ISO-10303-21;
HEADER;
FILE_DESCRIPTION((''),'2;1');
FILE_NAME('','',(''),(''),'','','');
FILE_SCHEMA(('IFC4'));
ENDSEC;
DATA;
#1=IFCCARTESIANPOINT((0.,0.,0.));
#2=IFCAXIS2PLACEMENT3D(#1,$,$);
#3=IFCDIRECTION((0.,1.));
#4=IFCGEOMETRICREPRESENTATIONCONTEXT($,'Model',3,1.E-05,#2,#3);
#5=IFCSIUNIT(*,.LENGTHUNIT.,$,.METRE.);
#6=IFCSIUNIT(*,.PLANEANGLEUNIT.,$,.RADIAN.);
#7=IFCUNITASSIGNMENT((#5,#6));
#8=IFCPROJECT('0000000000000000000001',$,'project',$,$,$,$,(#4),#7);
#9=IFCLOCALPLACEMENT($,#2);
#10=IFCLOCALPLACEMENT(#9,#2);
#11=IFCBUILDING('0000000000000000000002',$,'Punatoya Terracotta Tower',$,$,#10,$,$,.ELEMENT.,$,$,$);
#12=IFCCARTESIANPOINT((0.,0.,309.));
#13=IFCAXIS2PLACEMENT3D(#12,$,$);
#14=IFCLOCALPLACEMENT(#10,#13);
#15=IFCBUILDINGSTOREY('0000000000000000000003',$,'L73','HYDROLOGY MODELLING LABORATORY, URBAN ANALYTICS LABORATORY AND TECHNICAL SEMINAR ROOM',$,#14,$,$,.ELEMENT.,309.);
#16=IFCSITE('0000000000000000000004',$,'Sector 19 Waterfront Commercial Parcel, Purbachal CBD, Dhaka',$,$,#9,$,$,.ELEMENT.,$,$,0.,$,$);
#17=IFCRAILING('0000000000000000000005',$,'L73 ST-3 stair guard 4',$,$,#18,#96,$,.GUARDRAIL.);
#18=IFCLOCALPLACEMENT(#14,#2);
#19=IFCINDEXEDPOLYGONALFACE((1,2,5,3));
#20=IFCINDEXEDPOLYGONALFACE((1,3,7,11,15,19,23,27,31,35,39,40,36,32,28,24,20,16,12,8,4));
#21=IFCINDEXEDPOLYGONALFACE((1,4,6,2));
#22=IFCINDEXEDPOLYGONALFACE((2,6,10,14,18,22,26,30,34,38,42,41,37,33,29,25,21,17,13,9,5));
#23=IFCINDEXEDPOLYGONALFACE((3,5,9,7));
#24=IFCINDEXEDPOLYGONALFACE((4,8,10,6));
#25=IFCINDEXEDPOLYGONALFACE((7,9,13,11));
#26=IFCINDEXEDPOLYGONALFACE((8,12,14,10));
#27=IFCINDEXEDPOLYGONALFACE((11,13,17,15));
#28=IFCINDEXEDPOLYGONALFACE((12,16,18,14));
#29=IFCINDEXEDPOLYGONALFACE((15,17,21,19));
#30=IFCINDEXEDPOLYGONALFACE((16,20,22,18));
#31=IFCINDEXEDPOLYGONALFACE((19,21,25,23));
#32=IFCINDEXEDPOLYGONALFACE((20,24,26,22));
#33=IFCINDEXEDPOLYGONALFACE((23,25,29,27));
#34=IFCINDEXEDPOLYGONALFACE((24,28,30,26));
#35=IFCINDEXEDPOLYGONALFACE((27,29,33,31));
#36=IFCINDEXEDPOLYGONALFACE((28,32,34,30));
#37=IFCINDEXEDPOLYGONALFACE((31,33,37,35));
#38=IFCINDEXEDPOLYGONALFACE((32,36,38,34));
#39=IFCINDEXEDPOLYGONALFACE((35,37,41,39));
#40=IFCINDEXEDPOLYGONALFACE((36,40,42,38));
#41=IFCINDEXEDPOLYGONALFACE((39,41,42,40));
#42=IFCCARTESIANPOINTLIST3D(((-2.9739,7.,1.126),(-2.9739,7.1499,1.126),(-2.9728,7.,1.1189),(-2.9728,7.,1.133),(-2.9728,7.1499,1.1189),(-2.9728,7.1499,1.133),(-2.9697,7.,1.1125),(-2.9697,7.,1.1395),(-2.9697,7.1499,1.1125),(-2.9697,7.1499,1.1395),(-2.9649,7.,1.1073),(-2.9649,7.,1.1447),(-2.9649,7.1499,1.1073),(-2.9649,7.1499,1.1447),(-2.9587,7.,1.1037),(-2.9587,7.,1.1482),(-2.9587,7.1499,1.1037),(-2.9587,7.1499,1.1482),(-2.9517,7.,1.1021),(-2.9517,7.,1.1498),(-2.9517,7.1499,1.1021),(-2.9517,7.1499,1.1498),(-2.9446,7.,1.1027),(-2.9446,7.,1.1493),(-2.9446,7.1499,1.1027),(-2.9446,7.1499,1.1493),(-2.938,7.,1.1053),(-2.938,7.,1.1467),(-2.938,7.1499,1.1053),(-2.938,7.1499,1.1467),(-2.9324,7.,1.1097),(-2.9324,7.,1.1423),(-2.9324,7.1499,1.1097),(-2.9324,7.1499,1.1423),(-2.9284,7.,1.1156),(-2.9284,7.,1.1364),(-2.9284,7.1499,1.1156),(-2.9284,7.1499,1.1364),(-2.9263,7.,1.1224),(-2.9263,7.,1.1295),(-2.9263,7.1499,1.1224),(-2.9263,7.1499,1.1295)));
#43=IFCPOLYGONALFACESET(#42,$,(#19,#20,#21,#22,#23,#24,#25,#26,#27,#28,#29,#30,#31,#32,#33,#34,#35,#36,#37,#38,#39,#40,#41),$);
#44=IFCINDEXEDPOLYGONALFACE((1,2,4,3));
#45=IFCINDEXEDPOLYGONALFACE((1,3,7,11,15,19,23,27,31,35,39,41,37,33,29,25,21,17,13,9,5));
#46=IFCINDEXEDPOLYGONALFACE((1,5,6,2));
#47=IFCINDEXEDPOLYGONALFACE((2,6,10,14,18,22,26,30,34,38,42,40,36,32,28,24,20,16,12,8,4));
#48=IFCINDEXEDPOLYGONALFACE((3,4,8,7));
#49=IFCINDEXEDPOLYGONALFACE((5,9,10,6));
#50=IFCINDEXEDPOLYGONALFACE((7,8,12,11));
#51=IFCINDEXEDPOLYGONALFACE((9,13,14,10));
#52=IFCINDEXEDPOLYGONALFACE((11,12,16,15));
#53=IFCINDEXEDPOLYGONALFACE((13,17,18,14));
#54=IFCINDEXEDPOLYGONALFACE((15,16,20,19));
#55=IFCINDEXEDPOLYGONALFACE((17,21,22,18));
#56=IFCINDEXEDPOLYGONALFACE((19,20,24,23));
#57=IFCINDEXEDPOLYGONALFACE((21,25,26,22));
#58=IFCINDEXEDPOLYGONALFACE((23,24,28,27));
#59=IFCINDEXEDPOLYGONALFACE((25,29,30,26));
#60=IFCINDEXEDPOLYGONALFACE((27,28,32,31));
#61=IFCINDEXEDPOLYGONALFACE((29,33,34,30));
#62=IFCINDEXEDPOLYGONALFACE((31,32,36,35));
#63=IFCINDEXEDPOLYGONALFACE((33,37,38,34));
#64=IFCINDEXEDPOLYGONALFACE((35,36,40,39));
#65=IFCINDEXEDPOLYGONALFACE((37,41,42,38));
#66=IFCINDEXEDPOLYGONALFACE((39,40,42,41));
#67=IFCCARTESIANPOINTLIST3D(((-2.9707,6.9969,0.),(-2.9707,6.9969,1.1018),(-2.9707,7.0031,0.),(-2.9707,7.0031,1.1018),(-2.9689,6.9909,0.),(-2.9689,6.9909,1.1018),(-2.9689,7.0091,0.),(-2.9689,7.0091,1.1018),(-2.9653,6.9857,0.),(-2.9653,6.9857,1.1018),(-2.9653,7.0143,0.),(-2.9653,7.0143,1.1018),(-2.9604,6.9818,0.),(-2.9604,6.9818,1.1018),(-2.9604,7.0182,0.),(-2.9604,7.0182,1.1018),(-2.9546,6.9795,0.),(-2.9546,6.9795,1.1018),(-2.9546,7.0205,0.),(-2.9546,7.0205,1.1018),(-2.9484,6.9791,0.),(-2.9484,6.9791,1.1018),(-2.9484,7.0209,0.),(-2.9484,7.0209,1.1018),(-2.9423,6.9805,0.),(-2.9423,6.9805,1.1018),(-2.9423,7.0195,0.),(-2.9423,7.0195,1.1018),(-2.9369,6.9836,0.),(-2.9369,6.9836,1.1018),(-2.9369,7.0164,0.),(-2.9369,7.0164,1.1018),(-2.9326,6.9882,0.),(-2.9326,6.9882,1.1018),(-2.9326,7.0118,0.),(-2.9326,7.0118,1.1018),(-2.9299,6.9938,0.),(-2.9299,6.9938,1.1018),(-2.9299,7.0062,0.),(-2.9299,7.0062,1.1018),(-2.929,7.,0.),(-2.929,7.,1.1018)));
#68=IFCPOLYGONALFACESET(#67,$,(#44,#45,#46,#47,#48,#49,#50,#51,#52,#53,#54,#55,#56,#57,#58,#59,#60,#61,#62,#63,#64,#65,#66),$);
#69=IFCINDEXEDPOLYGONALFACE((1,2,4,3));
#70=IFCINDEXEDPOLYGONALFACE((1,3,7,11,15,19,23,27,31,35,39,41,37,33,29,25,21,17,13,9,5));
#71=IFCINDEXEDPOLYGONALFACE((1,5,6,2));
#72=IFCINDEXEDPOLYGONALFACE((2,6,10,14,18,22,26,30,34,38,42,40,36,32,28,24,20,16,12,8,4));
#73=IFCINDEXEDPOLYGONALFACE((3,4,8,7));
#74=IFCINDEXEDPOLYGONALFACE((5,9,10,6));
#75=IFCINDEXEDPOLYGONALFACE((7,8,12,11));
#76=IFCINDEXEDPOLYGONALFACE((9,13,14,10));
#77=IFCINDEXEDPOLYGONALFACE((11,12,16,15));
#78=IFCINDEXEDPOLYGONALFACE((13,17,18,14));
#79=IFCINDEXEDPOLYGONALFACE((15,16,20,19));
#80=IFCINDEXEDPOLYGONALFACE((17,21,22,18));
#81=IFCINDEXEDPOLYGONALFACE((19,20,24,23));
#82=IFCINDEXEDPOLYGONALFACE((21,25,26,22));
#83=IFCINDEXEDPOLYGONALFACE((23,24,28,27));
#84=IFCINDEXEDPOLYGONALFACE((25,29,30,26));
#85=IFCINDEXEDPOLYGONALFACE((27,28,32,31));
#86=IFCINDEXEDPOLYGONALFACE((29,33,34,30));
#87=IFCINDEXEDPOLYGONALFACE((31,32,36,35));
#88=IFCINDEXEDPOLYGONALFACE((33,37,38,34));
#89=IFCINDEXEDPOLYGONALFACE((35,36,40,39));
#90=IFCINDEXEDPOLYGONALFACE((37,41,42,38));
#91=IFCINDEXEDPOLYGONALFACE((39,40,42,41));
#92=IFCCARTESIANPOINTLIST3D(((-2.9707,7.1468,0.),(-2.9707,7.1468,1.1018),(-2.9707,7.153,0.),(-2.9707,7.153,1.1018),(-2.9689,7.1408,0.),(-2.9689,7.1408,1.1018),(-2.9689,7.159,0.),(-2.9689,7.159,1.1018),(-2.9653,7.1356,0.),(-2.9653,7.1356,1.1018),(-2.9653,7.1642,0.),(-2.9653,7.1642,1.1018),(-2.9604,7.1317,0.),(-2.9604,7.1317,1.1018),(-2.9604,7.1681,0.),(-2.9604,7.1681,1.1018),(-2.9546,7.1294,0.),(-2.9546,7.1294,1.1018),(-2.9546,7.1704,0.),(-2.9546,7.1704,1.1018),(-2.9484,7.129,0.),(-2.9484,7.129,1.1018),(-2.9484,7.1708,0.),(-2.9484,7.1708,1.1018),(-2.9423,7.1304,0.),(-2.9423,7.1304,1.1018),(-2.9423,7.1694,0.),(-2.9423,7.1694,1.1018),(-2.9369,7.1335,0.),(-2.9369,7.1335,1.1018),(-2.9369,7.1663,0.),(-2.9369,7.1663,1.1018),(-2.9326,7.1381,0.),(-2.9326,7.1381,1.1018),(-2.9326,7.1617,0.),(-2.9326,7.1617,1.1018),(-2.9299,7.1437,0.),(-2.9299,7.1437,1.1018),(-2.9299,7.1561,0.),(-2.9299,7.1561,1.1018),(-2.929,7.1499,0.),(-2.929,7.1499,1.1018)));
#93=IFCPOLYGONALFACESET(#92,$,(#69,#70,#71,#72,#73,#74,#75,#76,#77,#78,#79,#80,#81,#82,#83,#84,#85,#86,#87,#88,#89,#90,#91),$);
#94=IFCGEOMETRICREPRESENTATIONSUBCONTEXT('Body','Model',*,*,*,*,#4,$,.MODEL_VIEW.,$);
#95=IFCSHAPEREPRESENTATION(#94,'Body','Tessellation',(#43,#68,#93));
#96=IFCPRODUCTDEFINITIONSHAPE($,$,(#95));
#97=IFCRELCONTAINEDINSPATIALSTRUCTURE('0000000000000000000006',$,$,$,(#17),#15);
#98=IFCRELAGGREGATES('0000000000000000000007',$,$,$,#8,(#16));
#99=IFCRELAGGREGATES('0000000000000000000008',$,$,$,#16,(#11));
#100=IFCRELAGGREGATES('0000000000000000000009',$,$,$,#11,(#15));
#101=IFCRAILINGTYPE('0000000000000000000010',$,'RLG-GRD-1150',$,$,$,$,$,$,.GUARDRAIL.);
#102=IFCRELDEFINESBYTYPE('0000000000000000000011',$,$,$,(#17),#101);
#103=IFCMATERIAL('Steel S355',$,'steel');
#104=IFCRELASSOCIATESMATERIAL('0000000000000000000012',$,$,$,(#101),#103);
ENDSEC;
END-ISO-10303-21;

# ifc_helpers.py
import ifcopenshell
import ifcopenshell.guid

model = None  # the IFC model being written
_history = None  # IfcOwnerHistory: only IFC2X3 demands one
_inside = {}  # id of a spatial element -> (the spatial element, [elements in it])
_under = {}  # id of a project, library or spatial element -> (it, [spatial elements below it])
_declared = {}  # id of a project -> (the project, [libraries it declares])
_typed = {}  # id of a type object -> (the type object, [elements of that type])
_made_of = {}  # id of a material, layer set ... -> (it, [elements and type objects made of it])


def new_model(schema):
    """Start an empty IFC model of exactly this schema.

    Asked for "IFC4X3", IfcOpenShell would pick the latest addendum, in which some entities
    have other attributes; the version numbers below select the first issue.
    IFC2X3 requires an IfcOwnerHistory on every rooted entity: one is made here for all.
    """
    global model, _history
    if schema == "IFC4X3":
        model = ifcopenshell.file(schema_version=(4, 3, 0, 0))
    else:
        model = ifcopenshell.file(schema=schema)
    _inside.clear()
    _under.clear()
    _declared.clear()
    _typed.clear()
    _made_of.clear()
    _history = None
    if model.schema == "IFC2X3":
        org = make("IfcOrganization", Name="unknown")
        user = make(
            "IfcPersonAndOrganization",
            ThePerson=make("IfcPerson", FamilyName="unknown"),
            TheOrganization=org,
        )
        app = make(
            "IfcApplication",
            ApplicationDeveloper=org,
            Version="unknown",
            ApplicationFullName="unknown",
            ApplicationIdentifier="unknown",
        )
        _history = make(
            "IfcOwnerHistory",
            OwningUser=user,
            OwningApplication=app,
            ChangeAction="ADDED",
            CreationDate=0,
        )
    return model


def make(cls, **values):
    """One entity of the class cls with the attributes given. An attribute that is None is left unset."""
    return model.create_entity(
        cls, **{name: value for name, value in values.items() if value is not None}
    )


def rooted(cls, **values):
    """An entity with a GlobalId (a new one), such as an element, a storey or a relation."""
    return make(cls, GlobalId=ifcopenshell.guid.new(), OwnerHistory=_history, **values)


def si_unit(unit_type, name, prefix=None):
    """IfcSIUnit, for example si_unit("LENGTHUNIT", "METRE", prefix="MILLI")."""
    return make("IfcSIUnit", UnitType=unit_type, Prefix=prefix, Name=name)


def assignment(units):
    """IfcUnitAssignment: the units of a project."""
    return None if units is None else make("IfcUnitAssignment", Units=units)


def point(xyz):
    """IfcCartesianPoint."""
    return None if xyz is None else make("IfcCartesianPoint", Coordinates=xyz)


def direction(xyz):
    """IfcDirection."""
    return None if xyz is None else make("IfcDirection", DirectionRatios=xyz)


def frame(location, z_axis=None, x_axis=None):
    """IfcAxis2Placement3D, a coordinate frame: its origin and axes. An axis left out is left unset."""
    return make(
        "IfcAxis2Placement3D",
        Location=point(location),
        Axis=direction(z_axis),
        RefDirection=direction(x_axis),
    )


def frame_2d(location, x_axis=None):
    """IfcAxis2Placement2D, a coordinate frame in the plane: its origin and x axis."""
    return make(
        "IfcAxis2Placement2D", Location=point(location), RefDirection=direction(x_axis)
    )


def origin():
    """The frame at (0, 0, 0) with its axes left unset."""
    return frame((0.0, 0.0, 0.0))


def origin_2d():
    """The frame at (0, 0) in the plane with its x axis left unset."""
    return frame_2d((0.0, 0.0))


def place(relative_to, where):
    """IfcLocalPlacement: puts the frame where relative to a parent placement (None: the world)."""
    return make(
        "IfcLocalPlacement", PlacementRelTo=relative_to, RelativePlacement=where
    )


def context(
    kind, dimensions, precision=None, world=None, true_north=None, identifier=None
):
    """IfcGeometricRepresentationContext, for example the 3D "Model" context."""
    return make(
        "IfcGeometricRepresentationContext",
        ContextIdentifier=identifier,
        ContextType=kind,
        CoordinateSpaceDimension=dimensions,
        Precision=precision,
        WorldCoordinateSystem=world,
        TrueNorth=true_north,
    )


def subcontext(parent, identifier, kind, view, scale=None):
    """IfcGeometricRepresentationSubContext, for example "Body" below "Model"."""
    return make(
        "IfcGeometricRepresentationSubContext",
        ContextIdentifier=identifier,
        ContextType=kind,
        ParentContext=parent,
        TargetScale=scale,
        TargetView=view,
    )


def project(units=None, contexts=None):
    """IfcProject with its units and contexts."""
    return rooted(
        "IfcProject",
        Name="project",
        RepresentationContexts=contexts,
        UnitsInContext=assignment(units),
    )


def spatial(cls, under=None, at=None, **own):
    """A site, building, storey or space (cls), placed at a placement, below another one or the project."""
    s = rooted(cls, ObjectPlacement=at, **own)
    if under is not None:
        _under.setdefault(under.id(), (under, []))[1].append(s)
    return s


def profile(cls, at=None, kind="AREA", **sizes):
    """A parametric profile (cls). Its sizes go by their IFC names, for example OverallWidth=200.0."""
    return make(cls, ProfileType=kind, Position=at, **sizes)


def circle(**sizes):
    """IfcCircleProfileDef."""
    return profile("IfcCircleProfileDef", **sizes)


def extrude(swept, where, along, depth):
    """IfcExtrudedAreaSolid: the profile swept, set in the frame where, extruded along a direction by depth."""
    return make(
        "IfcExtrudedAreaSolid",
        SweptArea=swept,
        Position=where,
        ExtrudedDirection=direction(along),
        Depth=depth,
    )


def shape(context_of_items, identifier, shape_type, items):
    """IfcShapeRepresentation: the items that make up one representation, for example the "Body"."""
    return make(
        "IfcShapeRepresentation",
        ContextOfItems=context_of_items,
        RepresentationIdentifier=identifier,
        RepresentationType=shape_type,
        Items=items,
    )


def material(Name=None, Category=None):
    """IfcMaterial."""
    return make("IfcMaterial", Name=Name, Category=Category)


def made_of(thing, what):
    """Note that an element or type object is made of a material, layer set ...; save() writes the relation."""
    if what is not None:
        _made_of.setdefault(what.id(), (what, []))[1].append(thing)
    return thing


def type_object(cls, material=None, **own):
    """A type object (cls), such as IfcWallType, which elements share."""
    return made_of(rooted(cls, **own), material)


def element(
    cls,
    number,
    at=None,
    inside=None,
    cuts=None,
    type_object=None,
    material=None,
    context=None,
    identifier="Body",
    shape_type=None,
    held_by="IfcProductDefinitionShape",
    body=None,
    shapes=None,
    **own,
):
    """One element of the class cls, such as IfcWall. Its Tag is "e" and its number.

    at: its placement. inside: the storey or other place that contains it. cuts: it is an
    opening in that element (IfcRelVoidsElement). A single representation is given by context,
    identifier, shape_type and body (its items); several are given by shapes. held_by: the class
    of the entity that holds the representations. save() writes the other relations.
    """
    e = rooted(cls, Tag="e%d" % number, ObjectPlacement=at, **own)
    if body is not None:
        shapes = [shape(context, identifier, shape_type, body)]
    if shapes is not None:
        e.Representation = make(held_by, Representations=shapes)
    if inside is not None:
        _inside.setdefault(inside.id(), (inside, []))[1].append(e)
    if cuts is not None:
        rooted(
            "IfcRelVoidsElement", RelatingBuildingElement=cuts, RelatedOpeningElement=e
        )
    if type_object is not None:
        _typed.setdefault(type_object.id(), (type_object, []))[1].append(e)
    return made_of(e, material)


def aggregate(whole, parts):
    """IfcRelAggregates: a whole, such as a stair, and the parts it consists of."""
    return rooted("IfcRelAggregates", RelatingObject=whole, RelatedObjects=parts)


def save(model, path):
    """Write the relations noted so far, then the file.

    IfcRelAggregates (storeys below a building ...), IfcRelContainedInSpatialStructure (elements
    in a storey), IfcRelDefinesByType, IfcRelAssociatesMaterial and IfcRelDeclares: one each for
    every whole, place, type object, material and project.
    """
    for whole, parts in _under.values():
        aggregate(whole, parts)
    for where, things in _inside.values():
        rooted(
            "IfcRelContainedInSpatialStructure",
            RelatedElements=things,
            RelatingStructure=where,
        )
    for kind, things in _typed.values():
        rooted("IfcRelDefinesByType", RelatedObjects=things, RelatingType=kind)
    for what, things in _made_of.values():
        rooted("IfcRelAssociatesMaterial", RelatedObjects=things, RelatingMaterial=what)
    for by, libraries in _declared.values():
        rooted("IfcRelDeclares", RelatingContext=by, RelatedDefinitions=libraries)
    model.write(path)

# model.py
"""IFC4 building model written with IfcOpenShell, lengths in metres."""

from ifc_helpers import new_model, si_unit, direction, frame, origin, origin_2d, place, context, subcontext, project, spatial, circle, extrude, material, type_object, element, save


model = new_model("IFC4")

# Units and contexts
model_context = context("Model", 3, precision=1e-05, world=origin(), true_north=direction((0.0, 1.0)))
body_context = subcontext(model_context, "Body", "Model", "MODEL_VIEW")
ifc_project = project(units=[si_unit("LENGTHUNIT", "METRE"), si_unit("PLANEANGLEUNIT", "RADIAN")], contexts=[model_context])

# Site, building, storey
site_placement = place(None, origin())
site = spatial("IfcSite", under=ifc_project, at=site_placement, Name="Sector 19 Waterfront Commercial Parcel, Purbachal CBD, Dhaka", CompositionType="ELEMENT", RefElevation=0.0)
building_placement = place(site_placement, origin())
building = spatial("IfcBuilding", under=site, at=building_placement, Name="Punatoya Terracotta Tower", CompositionType="ELEMENT")
storey_placement = place(building_placement, frame((0.0, 0.0, 309.0)))
storey = spatial("IfcBuildingStorey", under=building, at=storey_placement, Name="L73", Description="HYDROLOGY MODELLING LABORATORY, URBAN ANALYTICS LABORATORY AND TECHNICAL SEMINAR ROOM", CompositionType="ELEMENT", Elevation=309.0)

# Shared definitions
ifc_material_1 = material(Name="Steel S355", Category="steel")

# Railing
railing_type_1 = type_object("IfcRailingType", Name="RLG-GRD-1150", PredefinedType="GUARDRAIL", material=ifc_material_1)
railing_1_placement = place(storey_placement, frame((-2.95, 7.0, 0.0)))
element("IfcRailing", 1, at=railing_1_placement, inside=storey, type_object=railing_type_1, Name="L73 ST-3 stair guard 4", PredefinedType="GUARDRAIL", context=body_context, shape_type="SweptSolid", body=[
    extrude(circle(Radius=0.0239, at=origin_2d()), frame((0.0, 0.0, 1.126), z_axis=(0.0, 1.0, 0.0), x_axis=(-1.0, 0.0, 0.0)), (0.0, 0.0, 1.0), 0.1499),
    extrude(circle(Radius=0.021, at=origin_2d()), origin(), (0.0, 0.0, 1.0), 1.1018),
    extrude(circle(Radius=0.021, at=origin_2d()), frame((0.0, 0.1499, 0.0)), (0.0, 0.0, 1.0), 1.1018),
])

save(model, "model.ifc")
